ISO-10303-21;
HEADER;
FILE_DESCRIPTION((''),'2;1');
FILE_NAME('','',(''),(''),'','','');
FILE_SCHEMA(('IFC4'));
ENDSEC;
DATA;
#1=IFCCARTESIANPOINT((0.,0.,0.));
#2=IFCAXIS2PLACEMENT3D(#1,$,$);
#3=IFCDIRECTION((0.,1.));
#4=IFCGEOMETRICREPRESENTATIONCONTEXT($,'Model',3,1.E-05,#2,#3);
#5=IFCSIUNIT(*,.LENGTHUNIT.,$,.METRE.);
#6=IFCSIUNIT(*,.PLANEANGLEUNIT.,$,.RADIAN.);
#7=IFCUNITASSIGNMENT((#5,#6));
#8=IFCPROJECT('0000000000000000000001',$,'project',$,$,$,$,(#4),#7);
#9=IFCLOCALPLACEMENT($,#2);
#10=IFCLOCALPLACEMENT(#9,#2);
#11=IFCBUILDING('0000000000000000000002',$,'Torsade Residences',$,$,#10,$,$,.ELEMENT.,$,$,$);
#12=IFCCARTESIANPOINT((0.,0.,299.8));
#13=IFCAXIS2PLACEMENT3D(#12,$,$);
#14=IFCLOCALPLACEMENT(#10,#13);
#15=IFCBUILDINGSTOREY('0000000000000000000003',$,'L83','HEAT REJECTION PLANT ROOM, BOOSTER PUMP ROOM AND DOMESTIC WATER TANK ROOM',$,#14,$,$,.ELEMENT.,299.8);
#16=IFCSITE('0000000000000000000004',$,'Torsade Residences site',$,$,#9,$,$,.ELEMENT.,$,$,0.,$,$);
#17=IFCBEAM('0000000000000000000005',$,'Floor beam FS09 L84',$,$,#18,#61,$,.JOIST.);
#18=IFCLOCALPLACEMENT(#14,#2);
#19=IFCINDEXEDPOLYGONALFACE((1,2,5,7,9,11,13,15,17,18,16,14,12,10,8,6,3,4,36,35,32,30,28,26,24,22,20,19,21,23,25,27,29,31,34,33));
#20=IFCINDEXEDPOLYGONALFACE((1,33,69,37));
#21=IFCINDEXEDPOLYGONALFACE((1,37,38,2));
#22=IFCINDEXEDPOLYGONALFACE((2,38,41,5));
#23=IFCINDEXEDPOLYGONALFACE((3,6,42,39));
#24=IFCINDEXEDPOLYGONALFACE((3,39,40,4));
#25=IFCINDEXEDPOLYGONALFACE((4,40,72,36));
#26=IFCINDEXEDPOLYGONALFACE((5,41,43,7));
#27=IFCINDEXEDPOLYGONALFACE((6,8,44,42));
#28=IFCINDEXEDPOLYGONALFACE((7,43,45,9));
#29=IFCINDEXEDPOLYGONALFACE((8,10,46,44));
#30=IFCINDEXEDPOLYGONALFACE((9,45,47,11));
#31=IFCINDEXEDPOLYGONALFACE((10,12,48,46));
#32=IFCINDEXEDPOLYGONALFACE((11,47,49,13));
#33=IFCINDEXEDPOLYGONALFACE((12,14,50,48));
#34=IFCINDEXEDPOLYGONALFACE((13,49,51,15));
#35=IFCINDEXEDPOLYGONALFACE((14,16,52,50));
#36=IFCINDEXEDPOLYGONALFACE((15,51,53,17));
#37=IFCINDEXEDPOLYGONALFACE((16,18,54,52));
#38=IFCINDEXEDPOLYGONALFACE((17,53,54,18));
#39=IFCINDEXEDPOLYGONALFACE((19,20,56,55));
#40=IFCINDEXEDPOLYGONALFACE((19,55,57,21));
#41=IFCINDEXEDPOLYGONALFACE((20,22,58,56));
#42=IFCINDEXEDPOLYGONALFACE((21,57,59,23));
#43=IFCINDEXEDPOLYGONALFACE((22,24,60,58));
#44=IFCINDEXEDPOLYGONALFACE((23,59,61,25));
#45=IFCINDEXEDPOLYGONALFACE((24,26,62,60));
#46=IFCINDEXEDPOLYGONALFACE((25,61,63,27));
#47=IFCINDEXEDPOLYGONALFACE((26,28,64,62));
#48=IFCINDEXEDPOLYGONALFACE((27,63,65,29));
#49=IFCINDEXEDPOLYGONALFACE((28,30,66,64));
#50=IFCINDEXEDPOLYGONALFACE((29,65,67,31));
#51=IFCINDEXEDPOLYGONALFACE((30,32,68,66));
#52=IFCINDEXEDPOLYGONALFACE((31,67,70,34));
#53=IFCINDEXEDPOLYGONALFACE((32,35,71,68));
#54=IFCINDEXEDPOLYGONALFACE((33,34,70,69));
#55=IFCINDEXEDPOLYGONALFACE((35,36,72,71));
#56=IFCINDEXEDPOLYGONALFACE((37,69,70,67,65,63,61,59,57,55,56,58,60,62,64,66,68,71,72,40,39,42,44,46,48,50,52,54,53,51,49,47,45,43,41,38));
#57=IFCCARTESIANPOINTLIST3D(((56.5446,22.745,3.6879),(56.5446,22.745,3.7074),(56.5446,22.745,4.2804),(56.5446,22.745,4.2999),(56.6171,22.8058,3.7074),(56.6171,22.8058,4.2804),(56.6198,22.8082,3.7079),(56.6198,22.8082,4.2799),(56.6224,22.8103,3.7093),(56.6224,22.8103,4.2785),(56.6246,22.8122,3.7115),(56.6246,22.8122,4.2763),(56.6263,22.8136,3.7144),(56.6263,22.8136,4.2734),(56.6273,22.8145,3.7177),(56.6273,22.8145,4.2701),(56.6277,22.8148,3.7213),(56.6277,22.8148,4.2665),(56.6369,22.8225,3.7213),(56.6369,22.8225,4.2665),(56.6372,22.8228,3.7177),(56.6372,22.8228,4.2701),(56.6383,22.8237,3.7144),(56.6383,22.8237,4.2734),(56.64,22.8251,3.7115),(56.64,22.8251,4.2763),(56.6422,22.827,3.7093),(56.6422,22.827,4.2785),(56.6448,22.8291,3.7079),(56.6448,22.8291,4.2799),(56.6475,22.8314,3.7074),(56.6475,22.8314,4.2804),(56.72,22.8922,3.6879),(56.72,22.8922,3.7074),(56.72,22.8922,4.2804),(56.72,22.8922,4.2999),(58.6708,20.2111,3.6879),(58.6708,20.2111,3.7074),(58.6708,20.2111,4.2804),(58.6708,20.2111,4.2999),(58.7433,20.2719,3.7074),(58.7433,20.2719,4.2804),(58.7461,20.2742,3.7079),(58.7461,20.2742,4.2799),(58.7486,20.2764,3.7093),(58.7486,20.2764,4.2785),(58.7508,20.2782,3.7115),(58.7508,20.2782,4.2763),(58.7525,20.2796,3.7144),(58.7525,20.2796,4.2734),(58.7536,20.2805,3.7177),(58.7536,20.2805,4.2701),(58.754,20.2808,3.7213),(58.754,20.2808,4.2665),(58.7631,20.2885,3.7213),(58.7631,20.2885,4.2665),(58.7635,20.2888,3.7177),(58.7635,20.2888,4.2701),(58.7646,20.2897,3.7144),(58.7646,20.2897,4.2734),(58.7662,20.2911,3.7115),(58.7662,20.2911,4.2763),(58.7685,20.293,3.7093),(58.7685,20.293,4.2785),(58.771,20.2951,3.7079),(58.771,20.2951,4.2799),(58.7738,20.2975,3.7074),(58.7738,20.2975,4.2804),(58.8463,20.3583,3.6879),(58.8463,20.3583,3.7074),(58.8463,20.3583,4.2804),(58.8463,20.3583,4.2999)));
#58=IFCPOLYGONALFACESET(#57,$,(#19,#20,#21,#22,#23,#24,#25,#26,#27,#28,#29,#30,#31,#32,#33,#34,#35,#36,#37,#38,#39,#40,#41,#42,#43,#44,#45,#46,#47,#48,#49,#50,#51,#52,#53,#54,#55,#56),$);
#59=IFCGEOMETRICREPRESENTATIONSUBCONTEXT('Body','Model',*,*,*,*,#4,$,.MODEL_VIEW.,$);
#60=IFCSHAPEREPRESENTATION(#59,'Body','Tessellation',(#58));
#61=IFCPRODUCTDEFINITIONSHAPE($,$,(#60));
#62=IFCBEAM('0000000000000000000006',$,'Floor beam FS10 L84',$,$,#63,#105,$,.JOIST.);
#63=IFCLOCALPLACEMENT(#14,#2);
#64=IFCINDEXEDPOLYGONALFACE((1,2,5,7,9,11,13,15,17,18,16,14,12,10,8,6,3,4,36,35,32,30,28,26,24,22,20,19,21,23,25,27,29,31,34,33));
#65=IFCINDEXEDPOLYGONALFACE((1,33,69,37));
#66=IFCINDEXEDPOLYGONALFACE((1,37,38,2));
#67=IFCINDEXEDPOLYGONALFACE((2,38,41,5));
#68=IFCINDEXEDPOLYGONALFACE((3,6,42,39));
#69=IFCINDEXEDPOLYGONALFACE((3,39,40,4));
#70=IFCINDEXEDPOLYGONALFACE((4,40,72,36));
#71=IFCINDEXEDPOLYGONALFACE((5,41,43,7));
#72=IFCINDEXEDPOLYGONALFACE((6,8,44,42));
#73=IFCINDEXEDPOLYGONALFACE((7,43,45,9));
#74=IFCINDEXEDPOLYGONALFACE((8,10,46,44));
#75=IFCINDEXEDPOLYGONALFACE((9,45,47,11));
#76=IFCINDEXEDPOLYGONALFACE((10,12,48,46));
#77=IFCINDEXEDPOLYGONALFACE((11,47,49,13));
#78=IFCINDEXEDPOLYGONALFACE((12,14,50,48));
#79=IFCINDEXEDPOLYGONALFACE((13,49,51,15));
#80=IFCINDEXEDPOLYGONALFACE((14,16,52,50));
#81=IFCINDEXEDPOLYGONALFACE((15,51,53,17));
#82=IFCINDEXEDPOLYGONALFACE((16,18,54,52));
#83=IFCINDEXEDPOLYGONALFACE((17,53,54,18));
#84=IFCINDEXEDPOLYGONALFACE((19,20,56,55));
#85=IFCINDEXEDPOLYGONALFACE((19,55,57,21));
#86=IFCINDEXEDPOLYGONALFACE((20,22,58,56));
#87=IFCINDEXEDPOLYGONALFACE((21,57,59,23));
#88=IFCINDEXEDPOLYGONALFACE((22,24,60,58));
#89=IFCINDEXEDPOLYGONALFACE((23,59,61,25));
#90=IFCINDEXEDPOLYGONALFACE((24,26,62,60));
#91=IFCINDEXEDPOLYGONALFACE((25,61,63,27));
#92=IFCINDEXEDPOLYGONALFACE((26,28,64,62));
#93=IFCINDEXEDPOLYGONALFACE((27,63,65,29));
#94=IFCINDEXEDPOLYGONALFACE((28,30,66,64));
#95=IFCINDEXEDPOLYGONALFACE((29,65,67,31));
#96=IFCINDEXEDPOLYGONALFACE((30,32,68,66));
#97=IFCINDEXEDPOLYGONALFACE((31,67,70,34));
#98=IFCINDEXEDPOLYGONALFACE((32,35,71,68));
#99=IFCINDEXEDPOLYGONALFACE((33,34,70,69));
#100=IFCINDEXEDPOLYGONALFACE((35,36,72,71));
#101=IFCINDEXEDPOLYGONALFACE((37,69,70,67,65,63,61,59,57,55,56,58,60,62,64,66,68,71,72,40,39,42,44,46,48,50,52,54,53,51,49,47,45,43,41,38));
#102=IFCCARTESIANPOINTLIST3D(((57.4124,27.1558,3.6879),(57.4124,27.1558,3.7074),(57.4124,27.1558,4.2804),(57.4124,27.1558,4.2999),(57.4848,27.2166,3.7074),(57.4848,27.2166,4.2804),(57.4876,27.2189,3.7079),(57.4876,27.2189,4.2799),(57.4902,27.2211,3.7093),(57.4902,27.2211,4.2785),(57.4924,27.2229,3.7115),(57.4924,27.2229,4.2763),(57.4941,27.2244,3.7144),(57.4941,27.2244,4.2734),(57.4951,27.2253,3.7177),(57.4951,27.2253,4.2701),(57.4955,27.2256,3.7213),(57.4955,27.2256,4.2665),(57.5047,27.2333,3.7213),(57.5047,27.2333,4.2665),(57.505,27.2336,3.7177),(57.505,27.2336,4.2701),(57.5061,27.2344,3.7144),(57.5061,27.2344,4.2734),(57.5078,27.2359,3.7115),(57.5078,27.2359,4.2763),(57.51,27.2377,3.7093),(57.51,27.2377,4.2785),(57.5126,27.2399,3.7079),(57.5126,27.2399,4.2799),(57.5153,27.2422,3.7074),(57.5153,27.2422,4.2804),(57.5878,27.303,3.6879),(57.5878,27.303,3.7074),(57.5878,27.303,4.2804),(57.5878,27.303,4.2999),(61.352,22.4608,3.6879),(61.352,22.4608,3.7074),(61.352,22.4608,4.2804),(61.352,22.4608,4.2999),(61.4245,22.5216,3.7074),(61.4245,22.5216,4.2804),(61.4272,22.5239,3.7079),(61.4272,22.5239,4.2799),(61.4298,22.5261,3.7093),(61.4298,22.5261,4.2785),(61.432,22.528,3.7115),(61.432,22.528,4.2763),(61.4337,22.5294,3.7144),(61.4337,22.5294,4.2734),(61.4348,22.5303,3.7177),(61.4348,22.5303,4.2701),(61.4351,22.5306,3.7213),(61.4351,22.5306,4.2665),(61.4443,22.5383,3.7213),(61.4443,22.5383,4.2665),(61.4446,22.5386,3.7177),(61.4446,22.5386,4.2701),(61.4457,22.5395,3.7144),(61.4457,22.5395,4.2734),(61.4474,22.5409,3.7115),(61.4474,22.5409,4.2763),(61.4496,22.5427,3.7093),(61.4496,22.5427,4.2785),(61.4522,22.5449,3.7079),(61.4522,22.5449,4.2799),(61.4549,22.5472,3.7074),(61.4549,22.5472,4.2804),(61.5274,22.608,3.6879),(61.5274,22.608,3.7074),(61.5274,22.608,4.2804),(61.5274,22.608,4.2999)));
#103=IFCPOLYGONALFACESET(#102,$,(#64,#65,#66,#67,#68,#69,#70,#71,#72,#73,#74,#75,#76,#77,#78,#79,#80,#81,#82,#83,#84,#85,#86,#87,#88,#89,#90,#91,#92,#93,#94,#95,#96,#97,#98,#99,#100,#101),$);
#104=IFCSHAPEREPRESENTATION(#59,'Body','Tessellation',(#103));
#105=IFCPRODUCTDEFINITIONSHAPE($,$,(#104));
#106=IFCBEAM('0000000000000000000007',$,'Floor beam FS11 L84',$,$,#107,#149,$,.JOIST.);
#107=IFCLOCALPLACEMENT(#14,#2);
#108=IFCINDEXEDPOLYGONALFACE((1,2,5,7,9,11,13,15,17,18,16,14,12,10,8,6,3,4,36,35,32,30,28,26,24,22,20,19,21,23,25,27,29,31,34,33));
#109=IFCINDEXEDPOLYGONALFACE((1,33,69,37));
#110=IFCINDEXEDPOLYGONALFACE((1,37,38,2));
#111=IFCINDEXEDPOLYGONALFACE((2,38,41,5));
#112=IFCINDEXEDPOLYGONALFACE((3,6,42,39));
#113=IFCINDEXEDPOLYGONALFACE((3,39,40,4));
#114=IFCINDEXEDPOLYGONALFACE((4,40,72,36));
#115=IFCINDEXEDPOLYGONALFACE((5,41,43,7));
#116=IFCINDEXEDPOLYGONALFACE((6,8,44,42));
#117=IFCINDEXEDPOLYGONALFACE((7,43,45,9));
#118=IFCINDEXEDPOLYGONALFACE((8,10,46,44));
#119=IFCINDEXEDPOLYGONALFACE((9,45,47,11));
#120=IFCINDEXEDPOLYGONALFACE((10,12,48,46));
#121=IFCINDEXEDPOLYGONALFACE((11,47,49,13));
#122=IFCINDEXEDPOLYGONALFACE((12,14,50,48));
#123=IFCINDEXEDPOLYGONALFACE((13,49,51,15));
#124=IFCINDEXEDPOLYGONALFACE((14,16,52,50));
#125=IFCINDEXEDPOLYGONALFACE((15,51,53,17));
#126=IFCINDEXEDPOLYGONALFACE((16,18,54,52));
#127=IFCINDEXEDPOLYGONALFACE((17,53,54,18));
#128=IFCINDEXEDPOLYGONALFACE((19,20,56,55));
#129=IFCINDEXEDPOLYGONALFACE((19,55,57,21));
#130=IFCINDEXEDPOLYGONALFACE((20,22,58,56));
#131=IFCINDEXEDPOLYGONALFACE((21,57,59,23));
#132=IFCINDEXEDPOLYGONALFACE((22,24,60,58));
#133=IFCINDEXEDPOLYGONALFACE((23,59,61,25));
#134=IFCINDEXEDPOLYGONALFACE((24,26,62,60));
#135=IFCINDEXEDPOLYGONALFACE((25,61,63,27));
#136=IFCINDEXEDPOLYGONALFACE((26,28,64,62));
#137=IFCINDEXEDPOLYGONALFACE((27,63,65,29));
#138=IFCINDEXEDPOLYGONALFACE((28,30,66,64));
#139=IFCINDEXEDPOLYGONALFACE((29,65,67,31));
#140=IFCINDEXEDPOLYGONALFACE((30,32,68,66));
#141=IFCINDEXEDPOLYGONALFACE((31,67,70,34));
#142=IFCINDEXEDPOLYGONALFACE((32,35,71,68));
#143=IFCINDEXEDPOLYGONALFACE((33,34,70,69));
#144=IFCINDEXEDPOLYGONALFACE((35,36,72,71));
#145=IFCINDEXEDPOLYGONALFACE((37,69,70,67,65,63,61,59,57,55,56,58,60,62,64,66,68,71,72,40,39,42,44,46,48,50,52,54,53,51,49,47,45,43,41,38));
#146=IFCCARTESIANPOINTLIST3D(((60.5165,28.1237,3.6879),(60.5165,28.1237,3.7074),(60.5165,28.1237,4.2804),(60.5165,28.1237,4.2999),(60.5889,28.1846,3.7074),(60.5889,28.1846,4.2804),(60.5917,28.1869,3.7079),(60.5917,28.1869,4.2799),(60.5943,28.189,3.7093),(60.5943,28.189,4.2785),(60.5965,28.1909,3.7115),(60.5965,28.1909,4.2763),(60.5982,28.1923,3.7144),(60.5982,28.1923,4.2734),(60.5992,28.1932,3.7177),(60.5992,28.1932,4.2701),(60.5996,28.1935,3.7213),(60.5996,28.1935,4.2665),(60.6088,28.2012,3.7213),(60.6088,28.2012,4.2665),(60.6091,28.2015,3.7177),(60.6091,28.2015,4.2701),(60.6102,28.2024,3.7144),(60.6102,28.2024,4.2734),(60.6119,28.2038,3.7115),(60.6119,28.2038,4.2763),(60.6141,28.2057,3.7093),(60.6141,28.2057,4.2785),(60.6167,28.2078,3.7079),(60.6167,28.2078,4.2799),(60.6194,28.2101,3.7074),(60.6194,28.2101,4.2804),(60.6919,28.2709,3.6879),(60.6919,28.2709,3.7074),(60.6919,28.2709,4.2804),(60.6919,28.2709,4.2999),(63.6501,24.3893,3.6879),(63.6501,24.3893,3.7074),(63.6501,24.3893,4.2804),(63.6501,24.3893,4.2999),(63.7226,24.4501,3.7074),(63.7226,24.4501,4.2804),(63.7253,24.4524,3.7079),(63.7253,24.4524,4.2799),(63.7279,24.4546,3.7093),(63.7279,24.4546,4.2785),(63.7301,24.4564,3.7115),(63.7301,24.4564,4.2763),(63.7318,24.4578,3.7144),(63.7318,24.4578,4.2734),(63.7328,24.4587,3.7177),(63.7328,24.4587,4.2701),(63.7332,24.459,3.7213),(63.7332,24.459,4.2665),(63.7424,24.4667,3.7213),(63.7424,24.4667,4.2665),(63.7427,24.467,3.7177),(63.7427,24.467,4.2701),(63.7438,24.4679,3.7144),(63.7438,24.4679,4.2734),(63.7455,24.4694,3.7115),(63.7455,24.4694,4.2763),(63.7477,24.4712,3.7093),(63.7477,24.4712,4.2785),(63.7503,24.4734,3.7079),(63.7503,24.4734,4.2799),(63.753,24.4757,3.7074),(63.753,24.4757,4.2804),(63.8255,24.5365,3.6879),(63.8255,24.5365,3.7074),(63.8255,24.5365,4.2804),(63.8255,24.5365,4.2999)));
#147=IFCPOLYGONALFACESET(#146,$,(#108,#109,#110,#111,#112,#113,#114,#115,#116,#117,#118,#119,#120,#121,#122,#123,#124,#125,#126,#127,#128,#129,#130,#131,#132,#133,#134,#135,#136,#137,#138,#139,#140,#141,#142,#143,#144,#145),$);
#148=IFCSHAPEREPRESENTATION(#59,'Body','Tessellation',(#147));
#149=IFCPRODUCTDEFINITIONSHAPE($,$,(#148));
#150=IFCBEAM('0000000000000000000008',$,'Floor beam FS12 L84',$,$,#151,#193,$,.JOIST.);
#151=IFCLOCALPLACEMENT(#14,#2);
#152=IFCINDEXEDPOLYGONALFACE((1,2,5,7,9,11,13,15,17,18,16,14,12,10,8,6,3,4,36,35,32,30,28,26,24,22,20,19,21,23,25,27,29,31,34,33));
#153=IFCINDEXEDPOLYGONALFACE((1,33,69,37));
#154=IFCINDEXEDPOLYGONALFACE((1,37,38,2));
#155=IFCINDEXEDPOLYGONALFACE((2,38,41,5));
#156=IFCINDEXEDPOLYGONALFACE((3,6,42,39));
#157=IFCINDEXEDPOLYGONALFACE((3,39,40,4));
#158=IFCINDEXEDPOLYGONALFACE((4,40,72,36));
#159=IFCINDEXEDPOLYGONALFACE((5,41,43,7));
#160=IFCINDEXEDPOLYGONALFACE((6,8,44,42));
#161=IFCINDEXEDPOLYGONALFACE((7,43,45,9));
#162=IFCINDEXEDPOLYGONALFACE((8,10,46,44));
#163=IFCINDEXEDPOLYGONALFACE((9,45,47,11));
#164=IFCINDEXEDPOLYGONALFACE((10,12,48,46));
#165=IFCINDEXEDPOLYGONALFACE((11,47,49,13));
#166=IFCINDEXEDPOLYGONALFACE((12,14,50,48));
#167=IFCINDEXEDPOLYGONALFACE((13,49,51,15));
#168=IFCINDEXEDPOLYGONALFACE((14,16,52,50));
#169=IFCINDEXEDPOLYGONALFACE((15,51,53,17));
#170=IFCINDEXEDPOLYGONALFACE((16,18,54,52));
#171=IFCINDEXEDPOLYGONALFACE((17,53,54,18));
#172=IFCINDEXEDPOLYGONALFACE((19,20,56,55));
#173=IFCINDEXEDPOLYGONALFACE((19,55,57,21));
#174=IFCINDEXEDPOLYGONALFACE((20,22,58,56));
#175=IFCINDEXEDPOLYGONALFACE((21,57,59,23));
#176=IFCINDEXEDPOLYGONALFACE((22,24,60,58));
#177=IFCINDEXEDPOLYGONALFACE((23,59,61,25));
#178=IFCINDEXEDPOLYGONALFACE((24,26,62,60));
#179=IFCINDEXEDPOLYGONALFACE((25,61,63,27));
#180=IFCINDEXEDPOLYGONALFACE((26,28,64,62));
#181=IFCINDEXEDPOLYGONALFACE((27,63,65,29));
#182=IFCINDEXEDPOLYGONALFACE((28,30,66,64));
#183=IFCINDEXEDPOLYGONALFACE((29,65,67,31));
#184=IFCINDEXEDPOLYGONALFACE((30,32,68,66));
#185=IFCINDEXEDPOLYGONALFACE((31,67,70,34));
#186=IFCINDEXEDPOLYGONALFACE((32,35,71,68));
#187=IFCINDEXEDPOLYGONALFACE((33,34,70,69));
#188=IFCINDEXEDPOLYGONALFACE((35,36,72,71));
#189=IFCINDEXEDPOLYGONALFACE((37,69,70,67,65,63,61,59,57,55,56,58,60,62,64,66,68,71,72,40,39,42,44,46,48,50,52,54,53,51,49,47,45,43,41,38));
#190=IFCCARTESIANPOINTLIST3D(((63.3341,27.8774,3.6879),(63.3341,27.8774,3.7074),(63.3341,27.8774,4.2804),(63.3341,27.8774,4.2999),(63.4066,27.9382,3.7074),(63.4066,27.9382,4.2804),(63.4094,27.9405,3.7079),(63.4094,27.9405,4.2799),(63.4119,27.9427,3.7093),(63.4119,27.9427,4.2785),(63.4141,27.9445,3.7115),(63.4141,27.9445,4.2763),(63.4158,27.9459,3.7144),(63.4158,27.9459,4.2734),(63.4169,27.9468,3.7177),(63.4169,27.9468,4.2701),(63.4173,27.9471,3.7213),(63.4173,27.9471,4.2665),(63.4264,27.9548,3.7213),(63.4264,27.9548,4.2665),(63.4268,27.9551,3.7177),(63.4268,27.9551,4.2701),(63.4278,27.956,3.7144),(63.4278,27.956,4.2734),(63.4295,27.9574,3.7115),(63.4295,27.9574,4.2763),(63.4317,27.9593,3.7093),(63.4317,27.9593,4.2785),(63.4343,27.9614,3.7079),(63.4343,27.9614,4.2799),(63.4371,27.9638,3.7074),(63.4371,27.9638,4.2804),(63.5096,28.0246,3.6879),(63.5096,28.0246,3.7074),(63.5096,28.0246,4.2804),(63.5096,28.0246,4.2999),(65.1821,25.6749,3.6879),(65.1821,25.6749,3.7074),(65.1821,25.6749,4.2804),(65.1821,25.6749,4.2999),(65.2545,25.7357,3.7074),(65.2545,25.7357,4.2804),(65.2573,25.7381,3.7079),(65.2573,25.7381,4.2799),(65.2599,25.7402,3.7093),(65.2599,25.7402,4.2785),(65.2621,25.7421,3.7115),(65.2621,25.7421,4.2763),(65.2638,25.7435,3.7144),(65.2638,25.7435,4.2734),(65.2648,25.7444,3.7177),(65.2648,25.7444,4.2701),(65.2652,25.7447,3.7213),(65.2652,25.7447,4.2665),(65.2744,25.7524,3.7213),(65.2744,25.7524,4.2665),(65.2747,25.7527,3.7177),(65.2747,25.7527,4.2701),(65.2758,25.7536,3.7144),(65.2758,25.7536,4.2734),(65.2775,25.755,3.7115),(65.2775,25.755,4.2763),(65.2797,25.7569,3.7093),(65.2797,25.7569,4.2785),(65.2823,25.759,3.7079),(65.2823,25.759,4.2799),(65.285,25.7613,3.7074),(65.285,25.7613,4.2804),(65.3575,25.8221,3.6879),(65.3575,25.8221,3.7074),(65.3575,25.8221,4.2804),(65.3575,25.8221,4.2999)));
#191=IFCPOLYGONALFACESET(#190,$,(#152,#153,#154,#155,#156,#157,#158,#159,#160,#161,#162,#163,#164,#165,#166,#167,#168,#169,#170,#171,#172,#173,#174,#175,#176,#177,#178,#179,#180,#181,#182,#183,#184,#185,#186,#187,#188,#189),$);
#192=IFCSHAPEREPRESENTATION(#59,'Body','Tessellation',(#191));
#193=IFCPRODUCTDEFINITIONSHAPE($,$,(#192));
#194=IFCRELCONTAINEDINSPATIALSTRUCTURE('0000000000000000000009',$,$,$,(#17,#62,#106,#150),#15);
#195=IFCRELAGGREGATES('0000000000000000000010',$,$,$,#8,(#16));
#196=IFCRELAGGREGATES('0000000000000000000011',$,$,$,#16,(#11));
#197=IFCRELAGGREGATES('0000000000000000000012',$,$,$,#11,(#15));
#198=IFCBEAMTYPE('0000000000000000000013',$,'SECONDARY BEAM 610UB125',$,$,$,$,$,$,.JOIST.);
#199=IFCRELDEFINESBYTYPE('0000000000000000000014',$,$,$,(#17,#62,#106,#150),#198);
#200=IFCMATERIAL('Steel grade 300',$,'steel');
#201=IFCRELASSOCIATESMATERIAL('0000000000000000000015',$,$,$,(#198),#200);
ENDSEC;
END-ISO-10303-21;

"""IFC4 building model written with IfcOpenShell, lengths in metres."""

from ifc_helpers import new_model, si_unit, direction, frame, origin, origin_2d, place, context, subcontext, project, spatial, i_section, extrude, material, material_profile, profile_set, type_object, element, save


model = new_model("IFC4")

# Units and contexts
model_context = context("Model", 3, precision=1e-05, world=origin(), true_north=direction((0.0, 1.0)))
body_context = subcontext(model_context, "Body", "Model", "MODEL_VIEW")
ifc_project = project(units=[si_unit("LENGTHUNIT", "METRE"), si_unit("PLANEANGLEUNIT", "RADIAN")], contexts=[model_context])

# Site, building, storey
site_placement = place(None, origin())
site = spatial("IfcSite", under=ifc_project, at=site_placement, Name="Torsade Residences site", CompositionType="ELEMENT", RefElevation=0.0)
building_placement = place(site_placement, origin())
building = spatial("IfcBuilding", under=site, at=building_placement, Name="Torsade Residences", CompositionType="ELEMENT")
storey_placement = place(building_placement, frame((0.0, 0.0, 299.8)))
storey = spatial("IfcBuildingStorey", under=building, at=storey_placement, Name="L83", Description="HEAT REJECTION PLANT ROOM, BOOSTER PUMP ROOM AND DOMESTIC WATER TANK ROOM", CompositionType="ELEMENT", Elevation=299.8)

# Beams
ifc_material_1 = material(Name="Steel grade 300", Category="steel")
ifc_material_profile_1 = material_profile(ifc_material_1, i_section(OverallWidth=0.229, OverallDepth=0.6121, WebThickness=0.012, FlangeThickness=0.0195, FilletRadius=0.0139, at=origin_2d()), Name="610UB125")
ifc_profile_set_1 = profile_set([ifc_material_profile_1], Name="Steel grade 300")
beam_type_1 = type_object("IfcBeamType", Name="SECONDARY BEAM 610UB125", PredefinedType="JOIST", material=ifc_profile_set_1)
beam_1_placement = place(storey_placement, frame((58.7585, 20.2847, 3.9939), z_axis=(-0.642787, 0.766045, 0.0), x_axis=(-0.766045, -0.642787, 0.0)))
element("IfcBeam", 1, at=beam_1_placement, inside=storey, type_object=beam_type_1, Name="Floor beam FS09 L84", PredefinedType="JOIST", context=body_context, shape_type="SweptSolid", body=[
    extrude(i_section(OverallWidth=0.229, OverallDepth=0.6121, WebThickness=0.012, FlangeThickness=0.0195, FilletRadius=0.0139, at=origin_2d()), origin(), (0.0, 0.0, 1.0), 3.3079),
])
beam_2_placement = place(storey_placement, frame((61.4397, 22.5344, 3.9939), z_axis=(-0.642794, 0.766039, 0.0), x_axis=(-0.766039, -0.642794, 0.0)))
element("IfcBeam", 2, at=beam_2_placement, inside=storey, type_object=beam_type_1, Name="Floor beam FS10 L84", PredefinedType="JOIST", context=body_context, shape_type="SweptSolid", body=[
    extrude(i_section(OverallWidth=0.229, OverallDepth=0.6121, WebThickness=0.012, FlangeThickness=0.0195, FilletRadius=0.0139, at=origin_2d()), origin(), (0.0, 0.0, 1.0), 6.1289),
])
beam_3_placement = place(storey_placement, frame((63.7378, 24.4629, 3.9939), z_axis=(-0.642791, 0.766041, 0.0), x_axis=(-0.766041, -0.642791, 0.0)))
element("IfcBeam", 3, at=beam_3_placement, inside=storey, type_object=beam_type_1, Name="Floor beam FS11 L84", PredefinedType="JOIST", context=body_context, shape_type="SweptSolid", body=[
    extrude(i_section(OverallWidth=0.229, OverallDepth=0.6121, WebThickness=0.012, FlangeThickness=0.0195, FilletRadius=0.0139, at=origin_2d()), origin(), (0.0, 0.0, 1.0), 4.875),
])
beam_4_placement = place(storey_placement, frame((65.2698, 25.7485, 3.9939), z_axis=(-0.642762, 0.766066, 0.0), x_axis=(-0.766066, -0.642762, 0.0)))
element("IfcBeam", 4, at=beam_4_placement, inside=storey, type_object=beam_type_1, Name="Floor beam FS12 L84", PredefinedType="JOIST", context=body_context, shape_type="SweptSolid", body=[
    extrude(i_section(OverallWidth=0.229, OverallDepth=0.6121, WebThickness=0.012, FlangeThickness=0.0195, FilletRadius=0.0139, at=origin_2d()), origin(), (0.0, 0.0, 1.0), 2.875),
])

save(model, "model.ifc")
